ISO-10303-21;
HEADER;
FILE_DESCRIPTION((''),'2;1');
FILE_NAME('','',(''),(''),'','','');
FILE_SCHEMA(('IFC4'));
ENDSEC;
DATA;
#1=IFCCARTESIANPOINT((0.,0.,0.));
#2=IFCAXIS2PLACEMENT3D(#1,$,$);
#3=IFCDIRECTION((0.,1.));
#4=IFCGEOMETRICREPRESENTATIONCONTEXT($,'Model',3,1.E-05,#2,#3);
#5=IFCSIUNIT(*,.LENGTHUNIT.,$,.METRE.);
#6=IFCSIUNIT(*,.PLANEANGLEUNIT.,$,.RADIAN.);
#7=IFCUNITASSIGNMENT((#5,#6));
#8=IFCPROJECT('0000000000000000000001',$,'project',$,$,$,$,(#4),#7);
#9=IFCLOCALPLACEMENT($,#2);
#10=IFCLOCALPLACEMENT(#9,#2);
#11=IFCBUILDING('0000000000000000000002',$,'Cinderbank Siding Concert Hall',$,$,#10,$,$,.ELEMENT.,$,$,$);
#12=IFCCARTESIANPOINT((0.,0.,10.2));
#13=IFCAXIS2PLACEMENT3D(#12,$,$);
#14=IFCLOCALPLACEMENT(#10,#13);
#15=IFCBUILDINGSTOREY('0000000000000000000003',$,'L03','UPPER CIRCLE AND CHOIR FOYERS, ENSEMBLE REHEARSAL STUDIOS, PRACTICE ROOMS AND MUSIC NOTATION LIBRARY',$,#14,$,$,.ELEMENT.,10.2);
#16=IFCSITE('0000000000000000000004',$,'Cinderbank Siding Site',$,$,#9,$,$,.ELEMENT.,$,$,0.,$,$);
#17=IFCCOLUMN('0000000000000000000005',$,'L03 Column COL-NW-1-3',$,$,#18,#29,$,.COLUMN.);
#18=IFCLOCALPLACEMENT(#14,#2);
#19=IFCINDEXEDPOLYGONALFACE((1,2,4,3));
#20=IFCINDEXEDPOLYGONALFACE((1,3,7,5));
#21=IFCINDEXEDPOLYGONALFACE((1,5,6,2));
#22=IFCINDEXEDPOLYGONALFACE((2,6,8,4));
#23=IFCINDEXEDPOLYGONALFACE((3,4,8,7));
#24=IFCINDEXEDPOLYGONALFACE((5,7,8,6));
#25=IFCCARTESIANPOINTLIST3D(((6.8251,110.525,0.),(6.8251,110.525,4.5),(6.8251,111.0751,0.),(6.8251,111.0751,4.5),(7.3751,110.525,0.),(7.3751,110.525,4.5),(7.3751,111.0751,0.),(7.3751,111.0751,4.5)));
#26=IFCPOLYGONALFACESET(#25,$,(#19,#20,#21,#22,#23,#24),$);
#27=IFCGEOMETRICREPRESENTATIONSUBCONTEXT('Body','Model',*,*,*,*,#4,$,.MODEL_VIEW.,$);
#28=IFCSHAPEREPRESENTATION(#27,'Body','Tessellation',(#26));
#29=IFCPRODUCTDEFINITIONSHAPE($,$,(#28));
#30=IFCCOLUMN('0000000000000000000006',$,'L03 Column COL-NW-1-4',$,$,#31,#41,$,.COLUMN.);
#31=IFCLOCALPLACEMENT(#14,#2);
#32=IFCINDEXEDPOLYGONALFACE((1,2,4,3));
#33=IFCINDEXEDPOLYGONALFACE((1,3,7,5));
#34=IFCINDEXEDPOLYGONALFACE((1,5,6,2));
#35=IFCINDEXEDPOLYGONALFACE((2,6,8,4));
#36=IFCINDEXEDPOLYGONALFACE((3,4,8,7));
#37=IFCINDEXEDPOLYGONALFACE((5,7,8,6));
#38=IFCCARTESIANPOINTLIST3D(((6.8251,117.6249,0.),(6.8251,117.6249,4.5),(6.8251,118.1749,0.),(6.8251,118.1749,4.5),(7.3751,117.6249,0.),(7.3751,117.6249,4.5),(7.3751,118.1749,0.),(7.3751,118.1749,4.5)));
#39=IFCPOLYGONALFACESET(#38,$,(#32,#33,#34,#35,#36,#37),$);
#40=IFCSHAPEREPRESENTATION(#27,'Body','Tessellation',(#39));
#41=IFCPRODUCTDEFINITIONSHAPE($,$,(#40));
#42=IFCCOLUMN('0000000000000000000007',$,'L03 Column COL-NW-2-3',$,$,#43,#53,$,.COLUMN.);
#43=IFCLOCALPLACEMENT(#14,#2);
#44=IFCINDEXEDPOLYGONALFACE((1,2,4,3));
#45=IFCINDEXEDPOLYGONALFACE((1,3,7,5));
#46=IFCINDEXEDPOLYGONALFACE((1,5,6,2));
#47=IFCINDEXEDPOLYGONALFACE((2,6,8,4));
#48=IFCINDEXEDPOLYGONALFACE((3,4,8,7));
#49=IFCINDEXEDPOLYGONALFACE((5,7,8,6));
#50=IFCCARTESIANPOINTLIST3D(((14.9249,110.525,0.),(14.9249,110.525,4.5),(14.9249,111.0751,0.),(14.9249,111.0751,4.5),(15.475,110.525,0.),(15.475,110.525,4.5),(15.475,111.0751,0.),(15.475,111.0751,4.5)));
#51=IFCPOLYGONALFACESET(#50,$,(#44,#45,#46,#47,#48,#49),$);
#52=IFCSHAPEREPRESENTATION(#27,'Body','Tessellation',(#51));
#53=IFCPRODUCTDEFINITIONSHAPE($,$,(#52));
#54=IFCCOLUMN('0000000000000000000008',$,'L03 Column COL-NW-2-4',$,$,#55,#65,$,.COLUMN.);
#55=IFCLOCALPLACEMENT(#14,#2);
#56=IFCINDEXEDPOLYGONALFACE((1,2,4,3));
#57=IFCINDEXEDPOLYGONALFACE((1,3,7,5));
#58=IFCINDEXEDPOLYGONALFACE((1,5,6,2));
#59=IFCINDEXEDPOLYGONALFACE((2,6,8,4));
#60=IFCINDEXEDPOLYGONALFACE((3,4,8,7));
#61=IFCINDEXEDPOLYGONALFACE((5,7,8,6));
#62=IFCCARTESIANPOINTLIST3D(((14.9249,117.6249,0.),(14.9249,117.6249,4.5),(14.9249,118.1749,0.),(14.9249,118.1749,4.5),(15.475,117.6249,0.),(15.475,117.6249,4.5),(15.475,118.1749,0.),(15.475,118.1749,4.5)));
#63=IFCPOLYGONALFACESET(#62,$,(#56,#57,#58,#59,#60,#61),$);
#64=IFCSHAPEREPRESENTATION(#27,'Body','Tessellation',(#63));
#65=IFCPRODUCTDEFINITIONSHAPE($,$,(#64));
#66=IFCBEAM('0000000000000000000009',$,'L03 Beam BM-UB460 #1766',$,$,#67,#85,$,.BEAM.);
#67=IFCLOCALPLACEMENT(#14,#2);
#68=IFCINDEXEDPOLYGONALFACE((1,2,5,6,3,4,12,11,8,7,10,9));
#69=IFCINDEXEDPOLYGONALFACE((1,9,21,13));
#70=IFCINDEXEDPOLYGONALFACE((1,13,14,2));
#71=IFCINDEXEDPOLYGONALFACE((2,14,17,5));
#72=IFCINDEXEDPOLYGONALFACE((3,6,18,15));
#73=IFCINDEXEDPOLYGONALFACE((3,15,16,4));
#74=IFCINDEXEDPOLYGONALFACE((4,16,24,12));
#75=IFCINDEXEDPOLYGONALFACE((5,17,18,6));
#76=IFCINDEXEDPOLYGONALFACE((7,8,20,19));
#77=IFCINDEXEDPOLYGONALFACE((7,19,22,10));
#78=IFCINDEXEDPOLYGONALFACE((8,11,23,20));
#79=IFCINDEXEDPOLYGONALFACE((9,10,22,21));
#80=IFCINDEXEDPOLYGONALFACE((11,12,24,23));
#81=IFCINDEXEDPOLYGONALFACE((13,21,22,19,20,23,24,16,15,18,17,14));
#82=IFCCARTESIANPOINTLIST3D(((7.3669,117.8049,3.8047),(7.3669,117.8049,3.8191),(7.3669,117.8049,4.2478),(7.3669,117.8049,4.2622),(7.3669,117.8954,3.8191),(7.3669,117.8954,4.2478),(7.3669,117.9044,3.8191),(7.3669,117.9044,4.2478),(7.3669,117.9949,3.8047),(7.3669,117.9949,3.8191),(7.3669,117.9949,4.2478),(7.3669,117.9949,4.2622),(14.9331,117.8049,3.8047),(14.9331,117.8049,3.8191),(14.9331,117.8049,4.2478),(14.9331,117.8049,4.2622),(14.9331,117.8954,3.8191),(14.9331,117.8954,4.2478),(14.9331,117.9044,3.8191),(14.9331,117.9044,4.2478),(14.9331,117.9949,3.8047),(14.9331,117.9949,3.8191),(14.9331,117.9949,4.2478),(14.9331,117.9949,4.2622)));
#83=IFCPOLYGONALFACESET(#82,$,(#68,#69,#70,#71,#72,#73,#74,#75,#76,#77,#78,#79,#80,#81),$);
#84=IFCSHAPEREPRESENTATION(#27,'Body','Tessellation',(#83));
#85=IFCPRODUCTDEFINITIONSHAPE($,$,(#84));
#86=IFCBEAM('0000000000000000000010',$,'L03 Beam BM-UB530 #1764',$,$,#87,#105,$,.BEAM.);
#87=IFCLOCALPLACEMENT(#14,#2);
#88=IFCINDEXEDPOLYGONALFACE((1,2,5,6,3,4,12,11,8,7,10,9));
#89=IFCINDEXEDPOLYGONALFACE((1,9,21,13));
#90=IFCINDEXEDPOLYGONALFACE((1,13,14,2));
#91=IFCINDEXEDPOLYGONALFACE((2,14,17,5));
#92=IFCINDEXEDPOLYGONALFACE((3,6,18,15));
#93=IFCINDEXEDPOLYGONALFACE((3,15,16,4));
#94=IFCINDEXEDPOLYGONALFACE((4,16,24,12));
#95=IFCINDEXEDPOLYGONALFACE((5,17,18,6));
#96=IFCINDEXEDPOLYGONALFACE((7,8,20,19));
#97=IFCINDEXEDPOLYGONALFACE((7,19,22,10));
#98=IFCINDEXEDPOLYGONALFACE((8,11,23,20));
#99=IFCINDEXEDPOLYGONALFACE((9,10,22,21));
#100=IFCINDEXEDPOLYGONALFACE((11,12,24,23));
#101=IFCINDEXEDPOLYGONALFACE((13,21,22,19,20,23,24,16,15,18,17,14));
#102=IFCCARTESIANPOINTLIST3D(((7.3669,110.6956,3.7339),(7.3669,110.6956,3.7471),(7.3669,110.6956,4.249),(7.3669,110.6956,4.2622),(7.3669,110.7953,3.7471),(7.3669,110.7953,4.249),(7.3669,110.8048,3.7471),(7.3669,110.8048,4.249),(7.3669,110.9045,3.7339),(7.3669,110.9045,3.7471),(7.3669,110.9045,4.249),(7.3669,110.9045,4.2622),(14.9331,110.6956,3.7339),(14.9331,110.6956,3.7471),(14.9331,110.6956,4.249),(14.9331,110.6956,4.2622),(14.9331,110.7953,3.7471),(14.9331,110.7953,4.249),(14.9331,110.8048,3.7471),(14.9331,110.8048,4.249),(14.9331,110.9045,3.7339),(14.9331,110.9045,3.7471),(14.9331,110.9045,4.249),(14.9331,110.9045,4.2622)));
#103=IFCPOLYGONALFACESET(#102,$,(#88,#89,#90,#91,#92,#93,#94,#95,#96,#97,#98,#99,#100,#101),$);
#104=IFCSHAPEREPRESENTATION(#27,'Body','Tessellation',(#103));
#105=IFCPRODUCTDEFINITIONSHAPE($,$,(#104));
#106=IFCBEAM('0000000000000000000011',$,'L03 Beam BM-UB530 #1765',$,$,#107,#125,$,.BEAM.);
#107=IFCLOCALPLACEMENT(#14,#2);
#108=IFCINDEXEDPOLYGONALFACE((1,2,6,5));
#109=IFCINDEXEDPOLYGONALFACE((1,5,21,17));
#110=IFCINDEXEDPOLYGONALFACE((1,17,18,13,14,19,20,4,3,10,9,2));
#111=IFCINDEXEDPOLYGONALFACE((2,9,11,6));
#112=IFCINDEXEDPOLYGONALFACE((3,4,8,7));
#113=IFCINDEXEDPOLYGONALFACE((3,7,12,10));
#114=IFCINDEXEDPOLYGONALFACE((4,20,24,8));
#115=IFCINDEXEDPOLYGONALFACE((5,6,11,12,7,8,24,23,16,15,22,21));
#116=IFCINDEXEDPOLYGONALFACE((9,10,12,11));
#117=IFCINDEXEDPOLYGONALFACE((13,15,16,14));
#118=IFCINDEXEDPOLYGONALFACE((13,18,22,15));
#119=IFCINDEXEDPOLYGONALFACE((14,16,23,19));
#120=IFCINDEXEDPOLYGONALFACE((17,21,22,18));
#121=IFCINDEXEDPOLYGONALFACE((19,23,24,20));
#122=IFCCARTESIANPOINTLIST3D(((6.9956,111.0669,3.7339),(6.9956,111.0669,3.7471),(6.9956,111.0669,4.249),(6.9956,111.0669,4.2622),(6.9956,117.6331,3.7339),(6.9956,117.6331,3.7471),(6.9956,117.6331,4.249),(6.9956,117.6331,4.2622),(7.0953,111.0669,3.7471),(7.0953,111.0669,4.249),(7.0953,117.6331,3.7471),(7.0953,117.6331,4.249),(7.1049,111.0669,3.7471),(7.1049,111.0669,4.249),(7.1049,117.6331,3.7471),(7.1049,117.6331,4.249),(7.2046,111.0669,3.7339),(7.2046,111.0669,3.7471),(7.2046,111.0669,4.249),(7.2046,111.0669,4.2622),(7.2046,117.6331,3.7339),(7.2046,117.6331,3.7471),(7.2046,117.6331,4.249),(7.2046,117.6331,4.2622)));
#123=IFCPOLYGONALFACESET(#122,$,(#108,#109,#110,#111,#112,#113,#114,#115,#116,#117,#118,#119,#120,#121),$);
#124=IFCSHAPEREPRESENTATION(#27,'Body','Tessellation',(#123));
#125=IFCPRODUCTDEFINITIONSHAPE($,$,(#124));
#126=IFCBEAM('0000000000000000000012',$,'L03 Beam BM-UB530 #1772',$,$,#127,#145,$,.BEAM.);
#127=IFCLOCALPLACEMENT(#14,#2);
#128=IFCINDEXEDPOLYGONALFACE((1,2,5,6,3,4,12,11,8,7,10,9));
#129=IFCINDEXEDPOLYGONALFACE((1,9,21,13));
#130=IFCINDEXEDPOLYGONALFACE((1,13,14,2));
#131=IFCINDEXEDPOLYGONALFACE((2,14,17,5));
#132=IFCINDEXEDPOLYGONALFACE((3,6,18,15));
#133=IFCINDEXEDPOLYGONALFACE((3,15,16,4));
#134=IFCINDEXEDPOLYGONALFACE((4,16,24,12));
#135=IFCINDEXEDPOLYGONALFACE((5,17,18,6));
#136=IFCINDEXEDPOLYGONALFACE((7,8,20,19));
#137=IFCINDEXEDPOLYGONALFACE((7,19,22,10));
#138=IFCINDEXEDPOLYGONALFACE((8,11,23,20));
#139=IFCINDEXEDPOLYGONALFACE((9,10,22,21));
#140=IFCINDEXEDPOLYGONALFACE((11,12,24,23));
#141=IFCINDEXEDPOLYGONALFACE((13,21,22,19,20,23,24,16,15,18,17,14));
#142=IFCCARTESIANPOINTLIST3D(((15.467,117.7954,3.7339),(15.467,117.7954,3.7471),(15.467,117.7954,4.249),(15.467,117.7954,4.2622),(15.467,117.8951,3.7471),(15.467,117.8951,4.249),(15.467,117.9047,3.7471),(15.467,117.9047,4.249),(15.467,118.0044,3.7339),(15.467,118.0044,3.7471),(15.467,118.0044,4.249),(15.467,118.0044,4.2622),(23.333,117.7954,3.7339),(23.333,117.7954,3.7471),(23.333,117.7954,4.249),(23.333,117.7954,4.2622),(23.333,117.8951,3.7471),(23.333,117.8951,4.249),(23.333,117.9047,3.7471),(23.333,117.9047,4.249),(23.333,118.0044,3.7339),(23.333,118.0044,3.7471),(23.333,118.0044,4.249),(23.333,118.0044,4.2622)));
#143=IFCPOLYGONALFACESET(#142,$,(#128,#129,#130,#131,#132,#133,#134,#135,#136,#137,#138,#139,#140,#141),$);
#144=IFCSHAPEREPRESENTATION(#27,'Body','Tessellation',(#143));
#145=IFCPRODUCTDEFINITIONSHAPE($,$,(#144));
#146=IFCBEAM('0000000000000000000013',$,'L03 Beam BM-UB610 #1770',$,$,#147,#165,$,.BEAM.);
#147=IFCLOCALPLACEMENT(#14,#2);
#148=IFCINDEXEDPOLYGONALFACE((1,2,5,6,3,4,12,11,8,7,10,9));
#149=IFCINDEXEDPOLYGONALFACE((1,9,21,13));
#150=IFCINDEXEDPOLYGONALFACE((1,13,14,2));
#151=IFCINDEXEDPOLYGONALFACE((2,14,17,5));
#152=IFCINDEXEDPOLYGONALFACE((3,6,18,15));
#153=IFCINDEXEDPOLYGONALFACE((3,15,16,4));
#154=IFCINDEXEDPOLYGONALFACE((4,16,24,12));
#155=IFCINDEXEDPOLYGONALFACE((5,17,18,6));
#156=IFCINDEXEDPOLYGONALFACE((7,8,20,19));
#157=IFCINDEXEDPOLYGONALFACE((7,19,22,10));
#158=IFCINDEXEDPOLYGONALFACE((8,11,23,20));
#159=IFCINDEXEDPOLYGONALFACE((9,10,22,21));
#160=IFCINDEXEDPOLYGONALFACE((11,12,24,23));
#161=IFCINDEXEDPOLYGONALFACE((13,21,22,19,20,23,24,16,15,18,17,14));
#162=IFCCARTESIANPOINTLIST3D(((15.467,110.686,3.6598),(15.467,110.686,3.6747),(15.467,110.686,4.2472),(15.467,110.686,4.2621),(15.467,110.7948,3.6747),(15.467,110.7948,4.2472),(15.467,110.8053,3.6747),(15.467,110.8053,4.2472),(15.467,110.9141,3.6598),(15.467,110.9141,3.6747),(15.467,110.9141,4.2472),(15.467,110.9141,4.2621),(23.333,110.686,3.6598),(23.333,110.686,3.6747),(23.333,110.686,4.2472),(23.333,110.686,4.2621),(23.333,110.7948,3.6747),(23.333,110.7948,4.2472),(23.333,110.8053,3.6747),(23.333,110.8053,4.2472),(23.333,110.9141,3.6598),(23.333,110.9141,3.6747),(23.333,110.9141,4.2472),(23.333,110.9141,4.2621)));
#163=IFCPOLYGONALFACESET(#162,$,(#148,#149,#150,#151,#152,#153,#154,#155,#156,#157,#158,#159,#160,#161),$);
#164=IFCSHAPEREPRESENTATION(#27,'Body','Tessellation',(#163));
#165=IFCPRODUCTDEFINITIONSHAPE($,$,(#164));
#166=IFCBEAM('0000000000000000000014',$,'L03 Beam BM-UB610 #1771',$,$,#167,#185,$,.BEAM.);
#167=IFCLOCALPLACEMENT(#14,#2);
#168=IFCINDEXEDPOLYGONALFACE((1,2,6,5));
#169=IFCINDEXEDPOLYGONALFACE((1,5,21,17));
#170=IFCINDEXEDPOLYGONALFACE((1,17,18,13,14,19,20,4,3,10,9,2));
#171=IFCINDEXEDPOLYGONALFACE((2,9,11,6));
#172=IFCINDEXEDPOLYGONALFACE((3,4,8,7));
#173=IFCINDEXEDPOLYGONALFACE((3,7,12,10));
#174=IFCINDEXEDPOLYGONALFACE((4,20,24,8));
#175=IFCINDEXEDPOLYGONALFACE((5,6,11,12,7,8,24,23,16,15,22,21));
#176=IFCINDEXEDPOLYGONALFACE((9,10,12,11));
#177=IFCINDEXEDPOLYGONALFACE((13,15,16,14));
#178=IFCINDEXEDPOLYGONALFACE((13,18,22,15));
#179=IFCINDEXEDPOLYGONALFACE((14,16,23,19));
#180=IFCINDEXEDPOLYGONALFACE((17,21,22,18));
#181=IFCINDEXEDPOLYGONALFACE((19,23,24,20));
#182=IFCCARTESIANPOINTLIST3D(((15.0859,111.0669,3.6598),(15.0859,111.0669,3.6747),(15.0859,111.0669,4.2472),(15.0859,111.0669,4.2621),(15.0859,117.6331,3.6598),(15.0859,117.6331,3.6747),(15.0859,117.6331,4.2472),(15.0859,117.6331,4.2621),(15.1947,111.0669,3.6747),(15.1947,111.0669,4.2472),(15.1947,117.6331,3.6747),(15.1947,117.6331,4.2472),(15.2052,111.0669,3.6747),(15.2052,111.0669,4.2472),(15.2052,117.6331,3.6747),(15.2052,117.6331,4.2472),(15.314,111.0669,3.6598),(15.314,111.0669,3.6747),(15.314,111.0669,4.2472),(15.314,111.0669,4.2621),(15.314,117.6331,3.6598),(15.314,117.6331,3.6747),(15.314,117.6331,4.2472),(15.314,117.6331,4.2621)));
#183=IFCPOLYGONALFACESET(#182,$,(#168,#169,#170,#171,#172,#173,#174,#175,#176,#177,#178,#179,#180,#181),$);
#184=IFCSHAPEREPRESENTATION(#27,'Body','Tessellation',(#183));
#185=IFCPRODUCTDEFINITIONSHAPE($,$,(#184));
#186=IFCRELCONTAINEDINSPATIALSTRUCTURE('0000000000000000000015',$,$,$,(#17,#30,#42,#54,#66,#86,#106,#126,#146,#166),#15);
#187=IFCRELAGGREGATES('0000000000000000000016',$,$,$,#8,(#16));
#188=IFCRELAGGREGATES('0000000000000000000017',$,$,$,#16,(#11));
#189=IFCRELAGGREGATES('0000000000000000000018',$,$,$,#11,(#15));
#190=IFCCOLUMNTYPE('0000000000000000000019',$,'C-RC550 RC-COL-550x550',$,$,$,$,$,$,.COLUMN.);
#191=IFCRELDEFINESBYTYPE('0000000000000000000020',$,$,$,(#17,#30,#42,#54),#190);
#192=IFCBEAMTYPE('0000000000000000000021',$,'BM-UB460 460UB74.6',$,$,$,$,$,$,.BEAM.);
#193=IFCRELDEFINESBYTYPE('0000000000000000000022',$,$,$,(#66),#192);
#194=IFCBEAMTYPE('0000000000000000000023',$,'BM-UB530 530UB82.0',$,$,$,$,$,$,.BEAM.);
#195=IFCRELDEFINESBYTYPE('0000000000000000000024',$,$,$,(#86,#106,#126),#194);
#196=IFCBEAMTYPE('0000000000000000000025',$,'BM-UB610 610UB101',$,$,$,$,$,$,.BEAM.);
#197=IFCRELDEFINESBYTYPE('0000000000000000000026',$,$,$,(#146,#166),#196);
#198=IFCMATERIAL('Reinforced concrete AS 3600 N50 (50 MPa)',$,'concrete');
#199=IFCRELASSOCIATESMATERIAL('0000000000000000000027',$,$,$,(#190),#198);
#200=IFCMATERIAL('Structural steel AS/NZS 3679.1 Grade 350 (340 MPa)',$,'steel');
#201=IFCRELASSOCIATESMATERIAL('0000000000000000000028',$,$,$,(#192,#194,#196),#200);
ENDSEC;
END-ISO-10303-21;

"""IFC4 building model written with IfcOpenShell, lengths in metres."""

from ifc_helpers import new_model, si_unit, direction, frame, origin, origin_2d, place, context, subcontext, project, spatial, rectangle, i_section, extrude, material, material_profile, profile_set, type_object, element, save


model = new_model("IFC4")

# Units and contexts
model_context = context("Model", 3, precision=1e-05, world=origin(), true_north=direction((0.0, 1.0)))
body_context = subcontext(model_context, "Body", "Model", "MODEL_VIEW")
ifc_project = project(units=[si_unit("LENGTHUNIT", "METRE"), si_unit("PLANEANGLEUNIT", "RADIAN")], contexts=[model_context])

# Site, building, storey
site_placement = place(None, origin())
site = spatial("IfcSite", under=ifc_project, at=site_placement, Name="Cinderbank Siding Site", CompositionType="ELEMENT", RefElevation=0.0)
building_placement = place(site_placement, origin())
building = spatial("IfcBuilding", under=site, at=building_placement, Name="Cinderbank Siding Concert Hall", CompositionType="ELEMENT")
storey_placement = place(building_placement, frame((0.0, 0.0, 10.2)))
storey = spatial("IfcBuildingStorey", under=building, at=storey_placement, Name="L03", Description="UPPER CIRCLE AND CHOIR FOYERS, ENSEMBLE REHEARSAL STUDIOS, PRACTICE ROOMS AND MUSIC NOTATION LIBRARY", CompositionType="ELEMENT", Elevation=10.2)

# Columns
ifc_material_1 = material(Name="Reinforced concrete AS 3600 N50 (50 MPa)", Category="concrete")
ifc_material_profile_1 = material_profile(ifc_material_1, rectangle(XDim=0.55, YDim=0.55, at=origin_2d()), Name="RC-COL-550x550", Category="LoadBearing")
ifc_profile_set_1 = profile_set([ifc_material_profile_1], Name="Reinforced concrete AS 3600 N50 (50 MPa)")
column_type = type_object("IfcColumnType", Name="C-RC550 RC-COL-550x550", PredefinedType="COLUMN", material=ifc_profile_set_1)
for number, where, z_axis, x_axis, name in (
    (1, (7.1001, 110.8, 0.0), (0.0, 0.0, 1.0), (1.0, 0.0, 0.0), "L03 Column COL-NW-1-3"),
    (2, (7.1001, 117.8999, 0.0), (0.0, 0.0, 1.0), (1.0, 0.0, 0.0), "L03 Column COL-NW-1-4"),
    (3, (15.2, 110.8, 0.0), (0.0, 0.0, 1.0), (1.0, 0.0, 0.0), "L03 Column COL-NW-2-3"),
    (4, (15.2, 117.8999, 0.0), (0.0, 0.0, 1.0), (1.0, 0.0, 0.0), "L03 Column COL-NW-2-4"),
):
    element("IfcColumn", number, at=place(storey_placement, frame(where, z_axis=z_axis, x_axis=x_axis)), inside=storey, type_object=column_type, Name=name, PredefinedType="COLUMN", context=body_context, shape_type="SweptSolid", body=[
        extrude(rectangle(XDim=0.55, YDim=0.55, at=origin_2d()), origin(), (0.0, 0.0, 1.0), 4.5),
    ])

# Beams
ifc_material_2 = material(Name="Structural steel AS/NZS 3679.1 Grade 350 (340 MPa)", Category="steel")
ifc_material_profile_2 = material_profile(ifc_material_2, i_section(OverallWidth=0.1899, OverallDepth=0.4575, WebThickness=0.009, FlangeThickness=0.0144, at=origin_2d()), Name="460UB74.6", Category="LoadBearing")
ifc_profile_set_2 = profile_set([ifc_material_profile_2], Name="Structural steel AS/NZS 3679.1 Grade 350 (340 MPa)")
beam_type_1 = type_object("IfcBeamType", Name="BM-UB460 460UB74.6", PredefinedType="BEAM", material=ifc_profile_set_2)
beam_1_placement = place(storey_placement, frame((7.3669, 117.8999, 4.0334), z_axis=(1.0, 0.0, 0.0), x_axis=(0.0, 1.0, 0.0)))
element("IfcBeam", 5, at=beam_1_placement, inside=storey, type_object=beam_type_1, Name="L03 Beam BM-UB460 #1766", PredefinedType="BEAM", context=body_context, shape_type="SweptSolid", body=[
    extrude(i_section(OverallWidth=0.1899, OverallDepth=0.4575, WebThickness=0.009, FlangeThickness=0.0144, at=origin_2d()), origin(), (0.0, 0.0, 1.0), 7.5662),
])
ifc_material_profile_3 = material_profile(ifc_material_2, i_section(OverallWidth=0.209, OverallDepth=0.5283, WebThickness=0.0095, FlangeThickness=0.0132, at=origin_2d()), Name="530UB82.0", Category="LoadBearing")
ifc_profile_set_3 = profile_set([ifc_material_profile_3], Name="Structural steel AS/NZS 3679.1 Grade 350 (340 MPa)")
beam_type_2 = type_object("IfcBeamType", Name="BM-UB530 530UB82.0", PredefinedType="BEAM", material=ifc_profile_set_3)
beam_2_placement = place(storey_placement, frame((7.3669, 110.8, 3.998), z_axis=(1.0, 0.0, 0.0), x_axis=(0.0, 1.0, 0.0)))
element("IfcBeam", 6, at=beam_2_placement, inside=storey, type_object=beam_type_2, Name="L03 Beam BM-UB530 #1764", PredefinedType="BEAM", context=body_context, shape_type="SweptSolid", body=[
    extrude(i_section(OverallWidth=0.209, OverallDepth=0.5283, WebThickness=0.0095, FlangeThickness=0.0132, at=origin_2d()), origin(), (0.0, 0.0, 1.0), 7.5662),
])
beam_3_placement = place(storey_placement, frame((7.1001, 111.0669, 3.998), z_axis=(0.0, 1.0, 0.0), x_axis=(-1.0, 0.0, 0.0)))
element("IfcBeam", 7, at=beam_3_placement, inside=storey, type_object=beam_type_2, Name="L03 Beam BM-UB530 #1765", PredefinedType="BEAM", context=body_context, shape_type="SweptSolid", body=[
    extrude(i_section(OverallWidth=0.209, OverallDepth=0.5283, WebThickness=0.0095, FlangeThickness=0.0132, at=origin_2d()), origin(), (0.0, 0.0, 1.0), 6.5662),
])
beam_4_placement = place(storey_placement, frame((15.467, 117.8999, 3.998), z_axis=(1.0, 0.0, 0.0), x_axis=(0.0, 1.0, 0.0)))
element("IfcBeam", 8, at=beam_4_placement, inside=storey, type_object=beam_type_2, Name="L03 Beam BM-UB530 #1772", PredefinedType="BEAM", context=body_context, shape_type="SweptSolid", body=[
    extrude(i_section(OverallWidth=0.209, OverallDepth=0.5283, WebThickness=0.0095, FlangeThickness=0.0132, at=origin_2d()), origin(), (0.0, 0.0, 1.0), 7.866),
])
ifc_material_profile_4 = material_profile(ifc_material_2, i_section(OverallWidth=0.228, OverallDepth=0.6023, WebThickness=0.0105, FlangeThickness=0.0149, at=origin_2d()), Name="610UB101", Category="LoadBearing")
ifc_profile_set_4 = profile_set([ifc_material_profile_4], Name="Structural steel AS/NZS 3679.1 Grade 350 (340 MPa)")
beam_type_3 = type_object("IfcBeamType", Name="BM-UB610 610UB101", PredefinedType="BEAM", material=ifc_profile_set_4)
beam_5_placement = place(storey_placement, frame((15.467, 110.8, 3.9609), z_axis=(1.0, 0.0, 0.0), x_axis=(0.0, 1.0, 0.0)))
element("IfcBeam", 9, at=beam_5_placement, inside=storey, type_object=beam_type_3, Name="L03 Beam BM-UB610 #1770", PredefinedType="BEAM", context=body_context, shape_type="SweptSolid", body=[
    extrude(i_section(OverallWidth=0.228, OverallDepth=0.6023, WebThickness=0.0105, FlangeThickness=0.0149, at=origin_2d()), origin(), (0.0, 0.0, 1.0), 7.866),
])
beam_6_placement = place(storey_placement, frame((15.2, 111.0669, 3.9609), z_axis=(0.0, 1.0, 0.0), x_axis=(-1.0, 0.0, 0.0)))
element("IfcBeam", 10, at=beam_6_placement, inside=storey, type_object=beam_type_3, Name="L03 Beam BM-UB610 #1771", PredefinedType="BEAM", context=body_context, shape_type="SweptSolid", body=[
    extrude(i_section(OverallWidth=0.228, OverallDepth=0.6023, WebThickness=0.0105, FlangeThickness=0.0149, at=origin_2d()), origin(), (0.0, 0.0, 1.0), 6.5662),
])

save(model, "model.ifc")
